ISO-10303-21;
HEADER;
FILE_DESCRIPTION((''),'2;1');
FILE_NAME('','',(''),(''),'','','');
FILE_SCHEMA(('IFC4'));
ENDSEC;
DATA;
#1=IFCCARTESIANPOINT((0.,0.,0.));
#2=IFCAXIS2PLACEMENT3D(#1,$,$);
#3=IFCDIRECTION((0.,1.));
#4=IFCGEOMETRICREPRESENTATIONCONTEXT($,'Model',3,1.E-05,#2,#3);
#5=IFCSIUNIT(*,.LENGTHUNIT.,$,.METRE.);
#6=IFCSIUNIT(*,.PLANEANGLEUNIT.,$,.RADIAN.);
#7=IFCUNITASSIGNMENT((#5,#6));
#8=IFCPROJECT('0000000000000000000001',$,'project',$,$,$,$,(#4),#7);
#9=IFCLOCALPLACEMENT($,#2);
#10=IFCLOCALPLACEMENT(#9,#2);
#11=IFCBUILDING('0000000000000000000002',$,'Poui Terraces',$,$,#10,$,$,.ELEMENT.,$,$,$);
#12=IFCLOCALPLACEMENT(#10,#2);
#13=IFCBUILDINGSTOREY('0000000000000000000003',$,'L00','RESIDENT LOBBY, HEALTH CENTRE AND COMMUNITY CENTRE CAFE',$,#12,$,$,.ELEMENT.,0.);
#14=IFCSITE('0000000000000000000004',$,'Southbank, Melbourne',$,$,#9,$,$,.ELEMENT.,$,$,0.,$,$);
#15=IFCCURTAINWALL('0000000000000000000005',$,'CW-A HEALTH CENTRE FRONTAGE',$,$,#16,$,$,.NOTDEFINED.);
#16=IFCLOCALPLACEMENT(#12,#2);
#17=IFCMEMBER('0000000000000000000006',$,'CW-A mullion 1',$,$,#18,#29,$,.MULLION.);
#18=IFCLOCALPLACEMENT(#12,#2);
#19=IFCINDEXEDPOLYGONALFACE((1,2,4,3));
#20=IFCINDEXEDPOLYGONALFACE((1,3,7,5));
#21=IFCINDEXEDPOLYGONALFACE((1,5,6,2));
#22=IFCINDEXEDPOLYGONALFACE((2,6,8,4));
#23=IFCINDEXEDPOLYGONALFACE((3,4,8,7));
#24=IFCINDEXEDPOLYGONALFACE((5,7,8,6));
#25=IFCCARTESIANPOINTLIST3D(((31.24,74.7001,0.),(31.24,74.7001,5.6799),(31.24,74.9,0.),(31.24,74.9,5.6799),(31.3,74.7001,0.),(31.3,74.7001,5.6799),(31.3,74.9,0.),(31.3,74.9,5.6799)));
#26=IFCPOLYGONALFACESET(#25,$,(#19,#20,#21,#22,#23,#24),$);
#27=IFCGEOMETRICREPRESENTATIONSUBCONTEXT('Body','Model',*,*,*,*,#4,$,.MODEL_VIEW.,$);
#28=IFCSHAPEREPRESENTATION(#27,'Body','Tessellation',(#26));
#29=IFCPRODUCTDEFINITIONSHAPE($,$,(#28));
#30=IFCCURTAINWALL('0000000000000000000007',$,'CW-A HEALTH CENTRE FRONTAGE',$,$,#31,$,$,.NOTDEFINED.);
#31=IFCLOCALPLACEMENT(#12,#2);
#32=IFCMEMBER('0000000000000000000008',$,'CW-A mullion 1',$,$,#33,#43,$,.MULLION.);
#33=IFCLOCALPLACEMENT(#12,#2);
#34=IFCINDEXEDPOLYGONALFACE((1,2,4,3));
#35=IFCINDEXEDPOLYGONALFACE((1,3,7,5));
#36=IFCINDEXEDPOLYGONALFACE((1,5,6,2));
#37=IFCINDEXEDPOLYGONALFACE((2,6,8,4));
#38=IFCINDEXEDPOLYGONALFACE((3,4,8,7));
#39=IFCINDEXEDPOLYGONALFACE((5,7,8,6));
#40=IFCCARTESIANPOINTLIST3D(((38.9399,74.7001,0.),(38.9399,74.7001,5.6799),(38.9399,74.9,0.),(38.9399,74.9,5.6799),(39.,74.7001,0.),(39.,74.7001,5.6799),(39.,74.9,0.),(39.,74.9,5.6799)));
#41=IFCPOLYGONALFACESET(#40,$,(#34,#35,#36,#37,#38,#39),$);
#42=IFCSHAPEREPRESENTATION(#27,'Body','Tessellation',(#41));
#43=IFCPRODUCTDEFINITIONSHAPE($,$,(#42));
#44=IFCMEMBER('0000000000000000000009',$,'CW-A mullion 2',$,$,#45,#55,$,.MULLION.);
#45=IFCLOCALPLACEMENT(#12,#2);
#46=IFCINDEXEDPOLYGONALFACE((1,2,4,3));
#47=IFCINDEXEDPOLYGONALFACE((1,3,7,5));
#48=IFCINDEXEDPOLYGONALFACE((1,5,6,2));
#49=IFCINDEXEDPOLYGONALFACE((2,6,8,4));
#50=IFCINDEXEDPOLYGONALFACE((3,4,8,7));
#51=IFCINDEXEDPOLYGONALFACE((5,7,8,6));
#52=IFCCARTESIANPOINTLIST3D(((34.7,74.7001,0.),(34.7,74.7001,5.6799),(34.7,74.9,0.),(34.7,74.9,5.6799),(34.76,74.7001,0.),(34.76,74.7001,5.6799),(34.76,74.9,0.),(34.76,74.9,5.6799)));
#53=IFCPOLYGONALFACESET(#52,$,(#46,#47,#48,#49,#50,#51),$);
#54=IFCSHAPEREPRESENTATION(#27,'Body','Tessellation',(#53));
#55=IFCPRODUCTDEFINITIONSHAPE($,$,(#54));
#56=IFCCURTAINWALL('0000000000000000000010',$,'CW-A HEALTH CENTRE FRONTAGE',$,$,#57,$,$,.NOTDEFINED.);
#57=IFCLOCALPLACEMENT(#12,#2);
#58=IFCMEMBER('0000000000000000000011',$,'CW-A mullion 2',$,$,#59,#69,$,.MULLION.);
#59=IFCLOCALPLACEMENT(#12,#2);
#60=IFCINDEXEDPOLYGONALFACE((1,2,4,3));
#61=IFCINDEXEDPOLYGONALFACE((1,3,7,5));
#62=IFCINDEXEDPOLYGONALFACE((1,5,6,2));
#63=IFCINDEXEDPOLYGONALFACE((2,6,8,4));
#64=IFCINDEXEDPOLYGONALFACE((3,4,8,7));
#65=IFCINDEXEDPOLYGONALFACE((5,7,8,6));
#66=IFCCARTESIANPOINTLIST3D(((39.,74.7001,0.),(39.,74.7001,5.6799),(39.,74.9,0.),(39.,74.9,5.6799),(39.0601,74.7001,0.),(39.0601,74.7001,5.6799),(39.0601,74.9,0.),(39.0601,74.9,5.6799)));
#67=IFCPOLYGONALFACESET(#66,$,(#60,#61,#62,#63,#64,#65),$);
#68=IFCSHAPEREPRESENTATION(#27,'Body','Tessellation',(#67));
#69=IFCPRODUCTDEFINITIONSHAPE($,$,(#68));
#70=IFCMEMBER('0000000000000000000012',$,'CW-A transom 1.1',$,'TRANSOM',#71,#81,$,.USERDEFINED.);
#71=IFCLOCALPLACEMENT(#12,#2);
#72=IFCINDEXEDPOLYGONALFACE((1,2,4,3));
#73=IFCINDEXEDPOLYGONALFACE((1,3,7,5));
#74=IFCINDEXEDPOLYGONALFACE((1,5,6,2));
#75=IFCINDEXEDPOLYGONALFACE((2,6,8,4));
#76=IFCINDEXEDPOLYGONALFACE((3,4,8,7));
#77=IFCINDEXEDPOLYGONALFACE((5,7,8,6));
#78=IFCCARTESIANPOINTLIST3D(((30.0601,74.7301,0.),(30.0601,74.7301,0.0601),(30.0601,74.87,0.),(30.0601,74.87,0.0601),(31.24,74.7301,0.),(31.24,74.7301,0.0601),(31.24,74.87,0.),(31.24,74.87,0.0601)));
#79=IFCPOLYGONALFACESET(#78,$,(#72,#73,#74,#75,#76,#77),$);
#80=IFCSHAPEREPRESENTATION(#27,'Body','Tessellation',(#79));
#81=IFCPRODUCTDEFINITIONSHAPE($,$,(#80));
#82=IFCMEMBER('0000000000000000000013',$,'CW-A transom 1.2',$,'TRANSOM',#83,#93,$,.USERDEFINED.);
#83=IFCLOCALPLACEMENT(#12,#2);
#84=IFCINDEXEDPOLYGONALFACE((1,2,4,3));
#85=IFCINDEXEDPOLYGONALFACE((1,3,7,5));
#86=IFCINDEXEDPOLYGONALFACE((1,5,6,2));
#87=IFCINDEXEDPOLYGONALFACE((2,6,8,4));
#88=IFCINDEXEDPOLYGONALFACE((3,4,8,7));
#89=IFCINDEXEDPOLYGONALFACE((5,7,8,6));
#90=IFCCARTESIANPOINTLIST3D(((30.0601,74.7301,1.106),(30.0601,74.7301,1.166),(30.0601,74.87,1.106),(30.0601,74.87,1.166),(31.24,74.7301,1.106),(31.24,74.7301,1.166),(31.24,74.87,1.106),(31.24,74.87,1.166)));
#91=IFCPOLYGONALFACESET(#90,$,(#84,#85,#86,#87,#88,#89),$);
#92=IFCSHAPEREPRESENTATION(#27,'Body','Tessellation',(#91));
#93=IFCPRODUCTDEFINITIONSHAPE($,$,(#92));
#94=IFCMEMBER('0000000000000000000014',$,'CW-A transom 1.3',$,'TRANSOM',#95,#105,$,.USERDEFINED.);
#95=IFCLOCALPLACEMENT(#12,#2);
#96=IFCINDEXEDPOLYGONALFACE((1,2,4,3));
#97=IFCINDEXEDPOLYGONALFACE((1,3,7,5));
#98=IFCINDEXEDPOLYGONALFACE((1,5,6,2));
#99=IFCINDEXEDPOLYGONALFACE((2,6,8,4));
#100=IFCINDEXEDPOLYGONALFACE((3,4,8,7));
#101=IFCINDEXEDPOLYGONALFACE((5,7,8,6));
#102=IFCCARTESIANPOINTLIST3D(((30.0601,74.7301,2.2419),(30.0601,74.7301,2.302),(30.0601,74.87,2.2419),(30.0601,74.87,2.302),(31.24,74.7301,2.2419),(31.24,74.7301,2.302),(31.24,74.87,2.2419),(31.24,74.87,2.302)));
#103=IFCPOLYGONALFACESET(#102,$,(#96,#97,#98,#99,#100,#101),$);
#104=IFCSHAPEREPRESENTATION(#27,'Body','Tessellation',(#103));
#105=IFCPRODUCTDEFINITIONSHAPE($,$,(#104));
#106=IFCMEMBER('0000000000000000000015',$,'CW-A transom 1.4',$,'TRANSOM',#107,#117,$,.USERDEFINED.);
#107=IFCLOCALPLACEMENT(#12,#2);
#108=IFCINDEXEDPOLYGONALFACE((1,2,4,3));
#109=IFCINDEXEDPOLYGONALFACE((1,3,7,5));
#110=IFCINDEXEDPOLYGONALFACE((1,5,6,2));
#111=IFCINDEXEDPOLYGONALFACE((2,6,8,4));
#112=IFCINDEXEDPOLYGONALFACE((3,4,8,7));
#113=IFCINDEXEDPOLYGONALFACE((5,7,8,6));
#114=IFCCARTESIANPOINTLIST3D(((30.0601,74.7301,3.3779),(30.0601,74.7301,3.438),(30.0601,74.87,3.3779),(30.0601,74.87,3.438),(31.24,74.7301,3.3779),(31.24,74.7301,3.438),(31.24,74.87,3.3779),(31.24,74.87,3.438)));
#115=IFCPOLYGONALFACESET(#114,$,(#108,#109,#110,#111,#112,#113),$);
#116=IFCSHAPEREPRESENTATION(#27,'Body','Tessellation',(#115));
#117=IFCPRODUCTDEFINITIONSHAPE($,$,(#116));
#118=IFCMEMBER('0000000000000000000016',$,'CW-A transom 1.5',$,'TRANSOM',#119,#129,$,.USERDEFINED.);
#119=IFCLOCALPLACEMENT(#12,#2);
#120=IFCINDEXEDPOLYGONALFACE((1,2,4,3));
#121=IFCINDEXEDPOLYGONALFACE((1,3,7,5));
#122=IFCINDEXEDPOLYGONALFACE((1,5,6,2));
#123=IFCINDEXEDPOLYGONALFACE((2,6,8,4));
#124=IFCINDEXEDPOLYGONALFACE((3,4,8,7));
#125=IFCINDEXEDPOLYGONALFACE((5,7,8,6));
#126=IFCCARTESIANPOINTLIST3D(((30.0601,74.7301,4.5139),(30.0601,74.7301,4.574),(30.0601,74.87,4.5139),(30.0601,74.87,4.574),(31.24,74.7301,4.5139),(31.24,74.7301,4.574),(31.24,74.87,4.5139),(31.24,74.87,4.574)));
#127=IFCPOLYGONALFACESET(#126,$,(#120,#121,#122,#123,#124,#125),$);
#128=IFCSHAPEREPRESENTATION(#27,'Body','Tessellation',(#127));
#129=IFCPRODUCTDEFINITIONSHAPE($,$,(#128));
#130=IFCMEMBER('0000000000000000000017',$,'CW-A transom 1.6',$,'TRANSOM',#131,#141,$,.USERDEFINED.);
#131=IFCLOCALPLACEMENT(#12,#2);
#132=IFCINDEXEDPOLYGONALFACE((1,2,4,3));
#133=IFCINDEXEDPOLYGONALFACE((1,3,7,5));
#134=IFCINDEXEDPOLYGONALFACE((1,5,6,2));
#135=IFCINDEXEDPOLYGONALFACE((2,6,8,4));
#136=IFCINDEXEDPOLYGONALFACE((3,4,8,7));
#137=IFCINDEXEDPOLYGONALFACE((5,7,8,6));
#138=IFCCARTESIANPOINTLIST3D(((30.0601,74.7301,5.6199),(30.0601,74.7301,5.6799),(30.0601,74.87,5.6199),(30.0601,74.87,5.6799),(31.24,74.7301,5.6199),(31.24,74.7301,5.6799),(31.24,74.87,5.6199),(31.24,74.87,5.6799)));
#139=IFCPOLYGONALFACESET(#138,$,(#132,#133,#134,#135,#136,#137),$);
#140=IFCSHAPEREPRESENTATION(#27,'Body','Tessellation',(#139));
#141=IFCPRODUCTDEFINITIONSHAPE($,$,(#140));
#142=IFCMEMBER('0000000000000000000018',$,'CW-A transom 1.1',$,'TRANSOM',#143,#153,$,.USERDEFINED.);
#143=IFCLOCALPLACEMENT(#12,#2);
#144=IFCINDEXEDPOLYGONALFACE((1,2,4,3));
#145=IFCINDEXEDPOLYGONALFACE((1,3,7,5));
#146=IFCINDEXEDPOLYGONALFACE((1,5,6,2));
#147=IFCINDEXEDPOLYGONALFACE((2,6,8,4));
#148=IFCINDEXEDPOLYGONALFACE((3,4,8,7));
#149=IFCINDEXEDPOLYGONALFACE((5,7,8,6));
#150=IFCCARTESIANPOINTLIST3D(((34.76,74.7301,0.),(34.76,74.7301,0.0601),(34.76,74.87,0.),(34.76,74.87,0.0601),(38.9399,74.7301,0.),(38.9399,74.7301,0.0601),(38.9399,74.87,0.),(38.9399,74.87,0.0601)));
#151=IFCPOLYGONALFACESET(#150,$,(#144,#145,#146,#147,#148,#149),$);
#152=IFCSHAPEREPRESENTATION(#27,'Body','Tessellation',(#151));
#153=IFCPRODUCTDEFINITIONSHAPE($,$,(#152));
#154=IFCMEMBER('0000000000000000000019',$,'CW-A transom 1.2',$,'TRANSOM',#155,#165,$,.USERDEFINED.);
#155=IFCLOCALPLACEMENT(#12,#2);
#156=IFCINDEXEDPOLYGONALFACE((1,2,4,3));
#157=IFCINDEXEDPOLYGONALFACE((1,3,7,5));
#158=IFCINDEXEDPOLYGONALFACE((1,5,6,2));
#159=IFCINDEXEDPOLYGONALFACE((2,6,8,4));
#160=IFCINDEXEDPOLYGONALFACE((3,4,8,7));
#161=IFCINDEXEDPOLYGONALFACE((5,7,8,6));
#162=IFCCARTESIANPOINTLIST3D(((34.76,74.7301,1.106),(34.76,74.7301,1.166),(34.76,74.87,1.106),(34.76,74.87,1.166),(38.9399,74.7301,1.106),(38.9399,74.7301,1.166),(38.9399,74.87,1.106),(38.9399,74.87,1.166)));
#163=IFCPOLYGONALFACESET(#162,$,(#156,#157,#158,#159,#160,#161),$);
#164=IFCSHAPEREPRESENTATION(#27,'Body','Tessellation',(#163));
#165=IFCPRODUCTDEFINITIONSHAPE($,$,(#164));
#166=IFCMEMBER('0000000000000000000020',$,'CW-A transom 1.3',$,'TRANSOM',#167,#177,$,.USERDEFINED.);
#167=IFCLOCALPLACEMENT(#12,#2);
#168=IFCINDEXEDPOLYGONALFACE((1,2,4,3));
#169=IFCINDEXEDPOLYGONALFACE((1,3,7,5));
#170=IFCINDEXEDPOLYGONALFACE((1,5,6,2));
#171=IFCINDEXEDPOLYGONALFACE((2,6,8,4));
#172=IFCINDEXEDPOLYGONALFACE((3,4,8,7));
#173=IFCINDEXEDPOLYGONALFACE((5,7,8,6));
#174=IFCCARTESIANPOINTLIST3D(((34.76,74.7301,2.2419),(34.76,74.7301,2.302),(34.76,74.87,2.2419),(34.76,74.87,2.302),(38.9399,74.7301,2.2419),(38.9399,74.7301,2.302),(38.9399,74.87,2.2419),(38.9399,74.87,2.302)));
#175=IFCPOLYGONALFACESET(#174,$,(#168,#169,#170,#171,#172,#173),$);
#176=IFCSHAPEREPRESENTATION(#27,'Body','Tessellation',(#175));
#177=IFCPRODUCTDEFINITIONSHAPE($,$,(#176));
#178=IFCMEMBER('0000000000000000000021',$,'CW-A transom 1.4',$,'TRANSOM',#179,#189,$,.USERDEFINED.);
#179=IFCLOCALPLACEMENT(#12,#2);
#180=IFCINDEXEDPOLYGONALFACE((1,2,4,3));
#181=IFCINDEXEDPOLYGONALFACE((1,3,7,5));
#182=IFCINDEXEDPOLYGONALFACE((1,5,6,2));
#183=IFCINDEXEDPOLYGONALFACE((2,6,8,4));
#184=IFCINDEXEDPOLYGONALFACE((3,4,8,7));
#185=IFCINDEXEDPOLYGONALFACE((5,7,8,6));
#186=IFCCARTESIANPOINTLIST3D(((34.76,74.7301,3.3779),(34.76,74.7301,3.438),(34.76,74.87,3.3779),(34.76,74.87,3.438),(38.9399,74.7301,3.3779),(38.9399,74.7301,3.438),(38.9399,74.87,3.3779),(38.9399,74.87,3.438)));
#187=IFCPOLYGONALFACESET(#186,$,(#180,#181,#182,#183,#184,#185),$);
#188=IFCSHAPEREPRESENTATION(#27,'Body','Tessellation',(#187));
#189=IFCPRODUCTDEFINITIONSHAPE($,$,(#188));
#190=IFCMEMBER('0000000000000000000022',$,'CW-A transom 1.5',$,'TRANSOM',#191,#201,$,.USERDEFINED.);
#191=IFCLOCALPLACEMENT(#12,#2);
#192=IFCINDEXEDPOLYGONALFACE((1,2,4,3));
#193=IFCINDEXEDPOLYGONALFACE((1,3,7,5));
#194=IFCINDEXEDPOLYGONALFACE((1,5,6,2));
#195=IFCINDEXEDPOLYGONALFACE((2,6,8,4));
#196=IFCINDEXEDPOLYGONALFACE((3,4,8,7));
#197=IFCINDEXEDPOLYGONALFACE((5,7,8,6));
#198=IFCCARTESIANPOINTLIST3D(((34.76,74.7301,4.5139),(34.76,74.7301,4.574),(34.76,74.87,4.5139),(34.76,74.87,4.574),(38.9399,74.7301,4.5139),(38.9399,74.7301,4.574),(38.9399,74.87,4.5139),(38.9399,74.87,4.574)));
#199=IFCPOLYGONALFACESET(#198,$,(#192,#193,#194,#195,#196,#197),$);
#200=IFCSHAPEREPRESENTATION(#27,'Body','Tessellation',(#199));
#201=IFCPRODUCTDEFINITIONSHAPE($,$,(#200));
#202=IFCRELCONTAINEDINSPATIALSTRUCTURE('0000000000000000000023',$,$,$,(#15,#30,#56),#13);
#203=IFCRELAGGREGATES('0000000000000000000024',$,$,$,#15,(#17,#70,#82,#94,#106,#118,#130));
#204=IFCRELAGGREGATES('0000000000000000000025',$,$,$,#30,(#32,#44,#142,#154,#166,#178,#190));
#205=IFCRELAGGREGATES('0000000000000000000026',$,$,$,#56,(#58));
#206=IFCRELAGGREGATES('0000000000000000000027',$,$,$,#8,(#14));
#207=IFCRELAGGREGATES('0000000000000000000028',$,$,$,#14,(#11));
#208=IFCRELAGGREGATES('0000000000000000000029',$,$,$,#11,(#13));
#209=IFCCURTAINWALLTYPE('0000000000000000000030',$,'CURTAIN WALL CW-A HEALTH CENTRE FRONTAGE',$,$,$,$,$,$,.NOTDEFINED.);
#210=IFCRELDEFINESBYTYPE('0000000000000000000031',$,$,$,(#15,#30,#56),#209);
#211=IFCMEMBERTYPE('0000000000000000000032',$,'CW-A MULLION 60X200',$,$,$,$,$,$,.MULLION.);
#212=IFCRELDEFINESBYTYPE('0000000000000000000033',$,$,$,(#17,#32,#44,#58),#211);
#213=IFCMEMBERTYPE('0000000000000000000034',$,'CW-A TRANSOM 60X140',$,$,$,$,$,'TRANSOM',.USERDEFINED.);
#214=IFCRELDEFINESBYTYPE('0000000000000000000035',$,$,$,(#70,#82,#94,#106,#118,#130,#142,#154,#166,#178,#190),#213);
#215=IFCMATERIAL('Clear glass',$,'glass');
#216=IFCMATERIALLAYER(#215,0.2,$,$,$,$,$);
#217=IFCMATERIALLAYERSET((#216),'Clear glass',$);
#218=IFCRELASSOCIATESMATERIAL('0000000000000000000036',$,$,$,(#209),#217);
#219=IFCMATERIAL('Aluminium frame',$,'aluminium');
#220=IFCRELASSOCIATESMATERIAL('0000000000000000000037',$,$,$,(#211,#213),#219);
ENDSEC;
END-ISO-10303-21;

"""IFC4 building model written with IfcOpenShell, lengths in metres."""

from ifc_helpers import new_model, si_unit, direction, frame, origin, origin_2d, place, context, subcontext, project, spatial, rectangle, extrude, material, layer, layer_set, material_profile, profile_set, type_object, element, aggregate, save


model = new_model("IFC4")

# Units and contexts
model_context = context("Model", 3, precision=1e-05, world=origin(), true_north=direction((0.0, 1.0)))
body_context = subcontext(model_context, "Body", "Model", "MODEL_VIEW")
ifc_project = project(units=[si_unit("LENGTHUNIT", "METRE"), si_unit("PLANEANGLEUNIT", "RADIAN")], contexts=[model_context])

# Site, building, storey
site_placement = place(None, origin())
site = spatial("IfcSite", under=ifc_project, at=site_placement, Name="Southbank, Melbourne", CompositionType="ELEMENT", RefElevation=0.0)
building_placement = place(site_placement, origin())
building = spatial("IfcBuilding", under=site, at=building_placement, Name="Poui Terraces", CompositionType="ELEMENT")
storey_placement = place(building_placement, origin())
storey = spatial("IfcBuildingStorey", under=building, at=storey_placement, Name="L00", Description="RESIDENT LOBBY, HEALTH CENTRE AND COMMUNITY CENTRE CAFE", CompositionType="ELEMENT", Elevation=0.0)

# Curtain wall, member
ifc_material_1 = material(Name="Clear glass", Category="glass")
ifc_layer_1 = layer(ifc_material_1, 0.2)
ifc_layer_set_1 = layer_set([ifc_layer_1], Name="Clear glass")
curtain_wall_type = type_object("IfcCurtainWallType", Name="CURTAIN WALL CW-A HEALTH CENTRE FRONTAGE", PredefinedType="NOTDEFINED", material=ifc_layer_set_1)
curtain_wall_1_placement = place(storey_placement, origin())
curtain_wall_1 = element("IfcCurtainWall", 1, at=curtain_wall_1_placement, inside=storey, type_object=curtain_wall_type, Name="CW-A HEALTH CENTRE FRONTAGE", PredefinedType="NOTDEFINED")
ifc_material_2 = material(Name="Aluminium frame", Category="aluminium")
ifc_material_profile_1 = material_profile(ifc_material_2, rectangle(XDim=0.2, YDim=0.0601, at=origin_2d()), Name="CW-A MULLION 60X200")
ifc_profile_set_1 = profile_set([ifc_material_profile_1], Name="Aluminium frame")
member_type_1 = type_object("IfcMemberType", Name="CW-A MULLION 60X200", PredefinedType="MULLION", material=ifc_profile_set_1)
member_1_placement = place(storey_placement, frame((31.27, 74.8, 0.0), z_axis=(0.0, 0.0, 1.0), x_axis=(0.0, -1.0, 0.0)))
member_1 = element("IfcMember", 2, at=member_1_placement, type_object=member_type_1, Name="CW-A mullion 1", PredefinedType="MULLION", context=body_context, shape_type="SweptSolid", body=[
    extrude(rectangle(XDim=0.2, YDim=0.0601, at=origin_2d()), origin(), (0.0, 0.0, 1.0), 5.6799),
])

# Curtain wall, members
curtain_wall_2_placement = place(storey_placement, origin())
curtain_wall_2 = element("IfcCurtainWall", 3, at=curtain_wall_2_placement, inside=storey, type_object=curtain_wall_type, Name="CW-A HEALTH CENTRE FRONTAGE", PredefinedType="NOTDEFINED")
member_2_placement = place(storey_placement, frame((38.97, 74.8, 0.0), z_axis=(0.0, 0.0, 1.0), x_axis=(0.0, -1.0, 0.0)))
member_2 = element("IfcMember", 4, at=member_2_placement, type_object=member_type_1, Name="CW-A mullion 1", PredefinedType="MULLION", context=body_context, shape_type="SweptSolid", body=[
    extrude(rectangle(XDim=0.2, YDim=0.0601, at=origin_2d()), origin(), (0.0, 0.0, 1.0), 5.6799),
])
member_3_placement = place(storey_placement, frame((34.73, 74.8, 0.0), z_axis=(0.0, 0.0, 1.0), x_axis=(0.0, -1.0, 0.0)))
member_3 = element("IfcMember", 5, at=member_3_placement, type_object=member_type_1, Name="CW-A mullion 2", PredefinedType="MULLION", context=body_context, shape_type="SweptSolid", body=[
    extrude(rectangle(XDim=0.2, YDim=0.0601, at=origin_2d()), origin(), (0.0, 0.0, 1.0), 5.6799),
])

# Curtain wall, member
curtain_wall_3_placement = place(storey_placement, origin())
curtain_wall_3 = element("IfcCurtainWall", 6, at=curtain_wall_3_placement, inside=storey, type_object=curtain_wall_type, Name="CW-A HEALTH CENTRE FRONTAGE", PredefinedType="NOTDEFINED")
member_4_placement = place(storey_placement, frame((39.03, 74.8, 0.0), z_axis=(0.0, 0.0, 1.0), x_axis=(0.0, -1.0, 0.0)))
member_4 = element("IfcMember", 7, at=member_4_placement, type_object=member_type_1, Name="CW-A mullion 2", PredefinedType="MULLION", context=body_context, shape_type="SweptSolid", body=[
    extrude(rectangle(XDim=0.2, YDim=0.0601, at=origin_2d()), origin(), (0.0, 0.0, 1.0), 5.6799),
])

# Members
ifc_material_profile_2 = material_profile(ifc_material_2, rectangle(XDim=0.1399, YDim=0.0601, at=origin_2d()), Name="CW-A TRANSOM 60X140")
ifc_profile_set_2 = profile_set([ifc_material_profile_2], Name="Aluminium frame")
member_type_2 = type_object("IfcMemberType", Name="CW-A TRANSOM 60X140", ElementType="TRANSOM", PredefinedType="USERDEFINED", material=ifc_profile_set_2)
member_5_placement = place(storey_placement, frame((31.24, 74.8, 0.03), z_axis=(-1.0, 0.0, 0.0), x_axis=(0.0, -1.0, 0.0)))
member_5 = element("IfcMember", 8, at=member_5_placement, type_object=member_type_2, Name="CW-A transom 1.1", ObjectType="TRANSOM", PredefinedType="USERDEFINED", context=body_context, shape_type="SweptSolid", body=[
    extrude(rectangle(XDim=0.1399, YDim=0.0601, at=origin_2d()), origin(), (0.0, 0.0, 1.0), 1.1799),
])
member_6_placement = place(storey_placement, frame((31.24, 74.8, 1.136), z_axis=(-1.0, 0.0, 0.0), x_axis=(0.0, -1.0, 0.0)))
member_6 = element("IfcMember", 9, at=member_6_placement, type_object=member_type_2, Name="CW-A transom 1.2", ObjectType="TRANSOM", PredefinedType="USERDEFINED", context=body_context, shape_type="SweptSolid", body=[
    extrude(rectangle(XDim=0.1399, YDim=0.0601, at=origin_2d()), origin(), (0.0, 0.0, 1.0), 1.1799),
])
member_7_placement = place(storey_placement, frame((31.24, 74.8, 2.272), z_axis=(-1.0, 0.0, 0.0), x_axis=(0.0, -1.0, 0.0)))
member_7 = element("IfcMember", 10, at=member_7_placement, type_object=member_type_2, Name="CW-A transom 1.3", ObjectType="TRANSOM", PredefinedType="USERDEFINED", context=body_context, shape_type="SweptSolid", body=[
    extrude(rectangle(XDim=0.1399, YDim=0.0601, at=origin_2d()), origin(), (0.0, 0.0, 1.0), 1.1799),
])
member_8_placement = place(storey_placement, frame((31.24, 74.8, 3.408), z_axis=(-1.0, 0.0, 0.0), x_axis=(0.0, -1.0, 0.0)))
member_8 = element("IfcMember", 11, at=member_8_placement, type_object=member_type_2, Name="CW-A transom 1.4", ObjectType="TRANSOM", PredefinedType="USERDEFINED", context=body_context, shape_type="SweptSolid", body=[
    extrude(rectangle(XDim=0.1399, YDim=0.0601, at=origin_2d()), origin(), (0.0, 0.0, 1.0), 1.1799),
])
member_9_placement = place(storey_placement, frame((31.24, 74.8, 4.5439), z_axis=(-1.0, 0.0, 0.0), x_axis=(0.0, -1.0, 0.0)))
member_9 = element("IfcMember", 12, at=member_9_placement, type_object=member_type_2, Name="CW-A transom 1.5", ObjectType="TRANSOM", PredefinedType="USERDEFINED", context=body_context, shape_type="SweptSolid", body=[
    extrude(rectangle(XDim=0.1399, YDim=0.0601, at=origin_2d()), origin(), (0.0, 0.0, 1.0), 1.1799),
])
member_10_placement = place(storey_placement, frame((31.24, 74.8, 5.6499), z_axis=(-1.0, 0.0, 0.0), x_axis=(0.0, -1.0, 0.0)))
member_10 = element("IfcMember", 13, at=member_10_placement, type_object=member_type_2, Name="CW-A transom 1.6", ObjectType="TRANSOM", PredefinedType="USERDEFINED", context=body_context, shape_type="SweptSolid", body=[
    extrude(rectangle(XDim=0.1399, YDim=0.0601, at=origin_2d()), origin(), (0.0, 0.0, 1.0), 1.1799),
])
aggregate(curtain_wall_1, [member_1, member_5, member_6, member_7, member_8, member_9, member_10])
member_11_placement = place(storey_placement, frame((38.9399, 74.8, 0.03), z_axis=(-1.0, 0.0, 0.0), x_axis=(0.0, -1.0, 0.0)))
member_11 = element("IfcMember", 14, at=member_11_placement, type_object=member_type_2, Name="CW-A transom 1.1", ObjectType="TRANSOM", PredefinedType="USERDEFINED", context=body_context, shape_type="SweptSolid", body=[
    extrude(rectangle(XDim=0.1399, YDim=0.0601, at=origin_2d()), origin(), (0.0, 0.0, 1.0), 4.1799),
])
member_12_placement = place(storey_placement, frame((38.9399, 74.8, 1.136), z_axis=(-1.0, 0.0, 0.0), x_axis=(0.0, -1.0, 0.0)))
member_12 = element("IfcMember", 15, at=member_12_placement, type_object=member_type_2, Name="CW-A transom 1.2", ObjectType="TRANSOM", PredefinedType="USERDEFINED", context=body_context, shape_type="SweptSolid", body=[
    extrude(rectangle(XDim=0.1399, YDim=0.0601, at=origin_2d()), origin(), (0.0, 0.0, 1.0), 4.1799),
])
member_13_placement = place(storey_placement, frame((38.9399, 74.8, 2.272), z_axis=(-1.0, 0.0, 0.0), x_axis=(0.0, -1.0, 0.0)))
member_13 = element("IfcMember", 16, at=member_13_placement, type_object=member_type_2, Name="CW-A transom 1.3", ObjectType="TRANSOM", PredefinedType="USERDEFINED", context=body_context, shape_type="SweptSolid", body=[
    extrude(rectangle(XDim=0.1399, YDim=0.0601, at=origin_2d()), origin(), (0.0, 0.0, 1.0), 4.1799),
])
member_14_placement = place(storey_placement, frame((38.9399, 74.8, 3.408), z_axis=(-1.0, 0.0, 0.0), x_axis=(0.0, -1.0, 0.0)))
member_14 = element("IfcMember", 17, at=member_14_placement, type_object=member_type_2, Name="CW-A transom 1.4", ObjectType="TRANSOM", PredefinedType="USERDEFINED", context=body_context, shape_type="SweptSolid", body=[
    extrude(rectangle(XDim=0.1399, YDim=0.0601, at=origin_2d()), origin(), (0.0, 0.0, 1.0), 4.1799),
])
member_15_placement = place(storey_placement, frame((38.9399, 74.8, 4.5439), z_axis=(-1.0, 0.0, 0.0), x_axis=(0.0, -1.0, 0.0)))
member_15 = element("IfcMember", 18, at=member_15_placement, type_object=member_type_2, Name="CW-A transom 1.5", ObjectType="TRANSOM", PredefinedType="USERDEFINED", context=body_context, shape_type="SweptSolid", body=[
    extrude(rectangle(XDim=0.1399, YDim=0.0601, at=origin_2d()), origin(), (0.0, 0.0, 1.0), 4.1799),
])

aggregate(curtain_wall_2, [member_2, member_3, member_11, member_12, member_13, member_14, member_15])
aggregate(curtain_wall_3, [member_4])

save(model, "model.ifc")
